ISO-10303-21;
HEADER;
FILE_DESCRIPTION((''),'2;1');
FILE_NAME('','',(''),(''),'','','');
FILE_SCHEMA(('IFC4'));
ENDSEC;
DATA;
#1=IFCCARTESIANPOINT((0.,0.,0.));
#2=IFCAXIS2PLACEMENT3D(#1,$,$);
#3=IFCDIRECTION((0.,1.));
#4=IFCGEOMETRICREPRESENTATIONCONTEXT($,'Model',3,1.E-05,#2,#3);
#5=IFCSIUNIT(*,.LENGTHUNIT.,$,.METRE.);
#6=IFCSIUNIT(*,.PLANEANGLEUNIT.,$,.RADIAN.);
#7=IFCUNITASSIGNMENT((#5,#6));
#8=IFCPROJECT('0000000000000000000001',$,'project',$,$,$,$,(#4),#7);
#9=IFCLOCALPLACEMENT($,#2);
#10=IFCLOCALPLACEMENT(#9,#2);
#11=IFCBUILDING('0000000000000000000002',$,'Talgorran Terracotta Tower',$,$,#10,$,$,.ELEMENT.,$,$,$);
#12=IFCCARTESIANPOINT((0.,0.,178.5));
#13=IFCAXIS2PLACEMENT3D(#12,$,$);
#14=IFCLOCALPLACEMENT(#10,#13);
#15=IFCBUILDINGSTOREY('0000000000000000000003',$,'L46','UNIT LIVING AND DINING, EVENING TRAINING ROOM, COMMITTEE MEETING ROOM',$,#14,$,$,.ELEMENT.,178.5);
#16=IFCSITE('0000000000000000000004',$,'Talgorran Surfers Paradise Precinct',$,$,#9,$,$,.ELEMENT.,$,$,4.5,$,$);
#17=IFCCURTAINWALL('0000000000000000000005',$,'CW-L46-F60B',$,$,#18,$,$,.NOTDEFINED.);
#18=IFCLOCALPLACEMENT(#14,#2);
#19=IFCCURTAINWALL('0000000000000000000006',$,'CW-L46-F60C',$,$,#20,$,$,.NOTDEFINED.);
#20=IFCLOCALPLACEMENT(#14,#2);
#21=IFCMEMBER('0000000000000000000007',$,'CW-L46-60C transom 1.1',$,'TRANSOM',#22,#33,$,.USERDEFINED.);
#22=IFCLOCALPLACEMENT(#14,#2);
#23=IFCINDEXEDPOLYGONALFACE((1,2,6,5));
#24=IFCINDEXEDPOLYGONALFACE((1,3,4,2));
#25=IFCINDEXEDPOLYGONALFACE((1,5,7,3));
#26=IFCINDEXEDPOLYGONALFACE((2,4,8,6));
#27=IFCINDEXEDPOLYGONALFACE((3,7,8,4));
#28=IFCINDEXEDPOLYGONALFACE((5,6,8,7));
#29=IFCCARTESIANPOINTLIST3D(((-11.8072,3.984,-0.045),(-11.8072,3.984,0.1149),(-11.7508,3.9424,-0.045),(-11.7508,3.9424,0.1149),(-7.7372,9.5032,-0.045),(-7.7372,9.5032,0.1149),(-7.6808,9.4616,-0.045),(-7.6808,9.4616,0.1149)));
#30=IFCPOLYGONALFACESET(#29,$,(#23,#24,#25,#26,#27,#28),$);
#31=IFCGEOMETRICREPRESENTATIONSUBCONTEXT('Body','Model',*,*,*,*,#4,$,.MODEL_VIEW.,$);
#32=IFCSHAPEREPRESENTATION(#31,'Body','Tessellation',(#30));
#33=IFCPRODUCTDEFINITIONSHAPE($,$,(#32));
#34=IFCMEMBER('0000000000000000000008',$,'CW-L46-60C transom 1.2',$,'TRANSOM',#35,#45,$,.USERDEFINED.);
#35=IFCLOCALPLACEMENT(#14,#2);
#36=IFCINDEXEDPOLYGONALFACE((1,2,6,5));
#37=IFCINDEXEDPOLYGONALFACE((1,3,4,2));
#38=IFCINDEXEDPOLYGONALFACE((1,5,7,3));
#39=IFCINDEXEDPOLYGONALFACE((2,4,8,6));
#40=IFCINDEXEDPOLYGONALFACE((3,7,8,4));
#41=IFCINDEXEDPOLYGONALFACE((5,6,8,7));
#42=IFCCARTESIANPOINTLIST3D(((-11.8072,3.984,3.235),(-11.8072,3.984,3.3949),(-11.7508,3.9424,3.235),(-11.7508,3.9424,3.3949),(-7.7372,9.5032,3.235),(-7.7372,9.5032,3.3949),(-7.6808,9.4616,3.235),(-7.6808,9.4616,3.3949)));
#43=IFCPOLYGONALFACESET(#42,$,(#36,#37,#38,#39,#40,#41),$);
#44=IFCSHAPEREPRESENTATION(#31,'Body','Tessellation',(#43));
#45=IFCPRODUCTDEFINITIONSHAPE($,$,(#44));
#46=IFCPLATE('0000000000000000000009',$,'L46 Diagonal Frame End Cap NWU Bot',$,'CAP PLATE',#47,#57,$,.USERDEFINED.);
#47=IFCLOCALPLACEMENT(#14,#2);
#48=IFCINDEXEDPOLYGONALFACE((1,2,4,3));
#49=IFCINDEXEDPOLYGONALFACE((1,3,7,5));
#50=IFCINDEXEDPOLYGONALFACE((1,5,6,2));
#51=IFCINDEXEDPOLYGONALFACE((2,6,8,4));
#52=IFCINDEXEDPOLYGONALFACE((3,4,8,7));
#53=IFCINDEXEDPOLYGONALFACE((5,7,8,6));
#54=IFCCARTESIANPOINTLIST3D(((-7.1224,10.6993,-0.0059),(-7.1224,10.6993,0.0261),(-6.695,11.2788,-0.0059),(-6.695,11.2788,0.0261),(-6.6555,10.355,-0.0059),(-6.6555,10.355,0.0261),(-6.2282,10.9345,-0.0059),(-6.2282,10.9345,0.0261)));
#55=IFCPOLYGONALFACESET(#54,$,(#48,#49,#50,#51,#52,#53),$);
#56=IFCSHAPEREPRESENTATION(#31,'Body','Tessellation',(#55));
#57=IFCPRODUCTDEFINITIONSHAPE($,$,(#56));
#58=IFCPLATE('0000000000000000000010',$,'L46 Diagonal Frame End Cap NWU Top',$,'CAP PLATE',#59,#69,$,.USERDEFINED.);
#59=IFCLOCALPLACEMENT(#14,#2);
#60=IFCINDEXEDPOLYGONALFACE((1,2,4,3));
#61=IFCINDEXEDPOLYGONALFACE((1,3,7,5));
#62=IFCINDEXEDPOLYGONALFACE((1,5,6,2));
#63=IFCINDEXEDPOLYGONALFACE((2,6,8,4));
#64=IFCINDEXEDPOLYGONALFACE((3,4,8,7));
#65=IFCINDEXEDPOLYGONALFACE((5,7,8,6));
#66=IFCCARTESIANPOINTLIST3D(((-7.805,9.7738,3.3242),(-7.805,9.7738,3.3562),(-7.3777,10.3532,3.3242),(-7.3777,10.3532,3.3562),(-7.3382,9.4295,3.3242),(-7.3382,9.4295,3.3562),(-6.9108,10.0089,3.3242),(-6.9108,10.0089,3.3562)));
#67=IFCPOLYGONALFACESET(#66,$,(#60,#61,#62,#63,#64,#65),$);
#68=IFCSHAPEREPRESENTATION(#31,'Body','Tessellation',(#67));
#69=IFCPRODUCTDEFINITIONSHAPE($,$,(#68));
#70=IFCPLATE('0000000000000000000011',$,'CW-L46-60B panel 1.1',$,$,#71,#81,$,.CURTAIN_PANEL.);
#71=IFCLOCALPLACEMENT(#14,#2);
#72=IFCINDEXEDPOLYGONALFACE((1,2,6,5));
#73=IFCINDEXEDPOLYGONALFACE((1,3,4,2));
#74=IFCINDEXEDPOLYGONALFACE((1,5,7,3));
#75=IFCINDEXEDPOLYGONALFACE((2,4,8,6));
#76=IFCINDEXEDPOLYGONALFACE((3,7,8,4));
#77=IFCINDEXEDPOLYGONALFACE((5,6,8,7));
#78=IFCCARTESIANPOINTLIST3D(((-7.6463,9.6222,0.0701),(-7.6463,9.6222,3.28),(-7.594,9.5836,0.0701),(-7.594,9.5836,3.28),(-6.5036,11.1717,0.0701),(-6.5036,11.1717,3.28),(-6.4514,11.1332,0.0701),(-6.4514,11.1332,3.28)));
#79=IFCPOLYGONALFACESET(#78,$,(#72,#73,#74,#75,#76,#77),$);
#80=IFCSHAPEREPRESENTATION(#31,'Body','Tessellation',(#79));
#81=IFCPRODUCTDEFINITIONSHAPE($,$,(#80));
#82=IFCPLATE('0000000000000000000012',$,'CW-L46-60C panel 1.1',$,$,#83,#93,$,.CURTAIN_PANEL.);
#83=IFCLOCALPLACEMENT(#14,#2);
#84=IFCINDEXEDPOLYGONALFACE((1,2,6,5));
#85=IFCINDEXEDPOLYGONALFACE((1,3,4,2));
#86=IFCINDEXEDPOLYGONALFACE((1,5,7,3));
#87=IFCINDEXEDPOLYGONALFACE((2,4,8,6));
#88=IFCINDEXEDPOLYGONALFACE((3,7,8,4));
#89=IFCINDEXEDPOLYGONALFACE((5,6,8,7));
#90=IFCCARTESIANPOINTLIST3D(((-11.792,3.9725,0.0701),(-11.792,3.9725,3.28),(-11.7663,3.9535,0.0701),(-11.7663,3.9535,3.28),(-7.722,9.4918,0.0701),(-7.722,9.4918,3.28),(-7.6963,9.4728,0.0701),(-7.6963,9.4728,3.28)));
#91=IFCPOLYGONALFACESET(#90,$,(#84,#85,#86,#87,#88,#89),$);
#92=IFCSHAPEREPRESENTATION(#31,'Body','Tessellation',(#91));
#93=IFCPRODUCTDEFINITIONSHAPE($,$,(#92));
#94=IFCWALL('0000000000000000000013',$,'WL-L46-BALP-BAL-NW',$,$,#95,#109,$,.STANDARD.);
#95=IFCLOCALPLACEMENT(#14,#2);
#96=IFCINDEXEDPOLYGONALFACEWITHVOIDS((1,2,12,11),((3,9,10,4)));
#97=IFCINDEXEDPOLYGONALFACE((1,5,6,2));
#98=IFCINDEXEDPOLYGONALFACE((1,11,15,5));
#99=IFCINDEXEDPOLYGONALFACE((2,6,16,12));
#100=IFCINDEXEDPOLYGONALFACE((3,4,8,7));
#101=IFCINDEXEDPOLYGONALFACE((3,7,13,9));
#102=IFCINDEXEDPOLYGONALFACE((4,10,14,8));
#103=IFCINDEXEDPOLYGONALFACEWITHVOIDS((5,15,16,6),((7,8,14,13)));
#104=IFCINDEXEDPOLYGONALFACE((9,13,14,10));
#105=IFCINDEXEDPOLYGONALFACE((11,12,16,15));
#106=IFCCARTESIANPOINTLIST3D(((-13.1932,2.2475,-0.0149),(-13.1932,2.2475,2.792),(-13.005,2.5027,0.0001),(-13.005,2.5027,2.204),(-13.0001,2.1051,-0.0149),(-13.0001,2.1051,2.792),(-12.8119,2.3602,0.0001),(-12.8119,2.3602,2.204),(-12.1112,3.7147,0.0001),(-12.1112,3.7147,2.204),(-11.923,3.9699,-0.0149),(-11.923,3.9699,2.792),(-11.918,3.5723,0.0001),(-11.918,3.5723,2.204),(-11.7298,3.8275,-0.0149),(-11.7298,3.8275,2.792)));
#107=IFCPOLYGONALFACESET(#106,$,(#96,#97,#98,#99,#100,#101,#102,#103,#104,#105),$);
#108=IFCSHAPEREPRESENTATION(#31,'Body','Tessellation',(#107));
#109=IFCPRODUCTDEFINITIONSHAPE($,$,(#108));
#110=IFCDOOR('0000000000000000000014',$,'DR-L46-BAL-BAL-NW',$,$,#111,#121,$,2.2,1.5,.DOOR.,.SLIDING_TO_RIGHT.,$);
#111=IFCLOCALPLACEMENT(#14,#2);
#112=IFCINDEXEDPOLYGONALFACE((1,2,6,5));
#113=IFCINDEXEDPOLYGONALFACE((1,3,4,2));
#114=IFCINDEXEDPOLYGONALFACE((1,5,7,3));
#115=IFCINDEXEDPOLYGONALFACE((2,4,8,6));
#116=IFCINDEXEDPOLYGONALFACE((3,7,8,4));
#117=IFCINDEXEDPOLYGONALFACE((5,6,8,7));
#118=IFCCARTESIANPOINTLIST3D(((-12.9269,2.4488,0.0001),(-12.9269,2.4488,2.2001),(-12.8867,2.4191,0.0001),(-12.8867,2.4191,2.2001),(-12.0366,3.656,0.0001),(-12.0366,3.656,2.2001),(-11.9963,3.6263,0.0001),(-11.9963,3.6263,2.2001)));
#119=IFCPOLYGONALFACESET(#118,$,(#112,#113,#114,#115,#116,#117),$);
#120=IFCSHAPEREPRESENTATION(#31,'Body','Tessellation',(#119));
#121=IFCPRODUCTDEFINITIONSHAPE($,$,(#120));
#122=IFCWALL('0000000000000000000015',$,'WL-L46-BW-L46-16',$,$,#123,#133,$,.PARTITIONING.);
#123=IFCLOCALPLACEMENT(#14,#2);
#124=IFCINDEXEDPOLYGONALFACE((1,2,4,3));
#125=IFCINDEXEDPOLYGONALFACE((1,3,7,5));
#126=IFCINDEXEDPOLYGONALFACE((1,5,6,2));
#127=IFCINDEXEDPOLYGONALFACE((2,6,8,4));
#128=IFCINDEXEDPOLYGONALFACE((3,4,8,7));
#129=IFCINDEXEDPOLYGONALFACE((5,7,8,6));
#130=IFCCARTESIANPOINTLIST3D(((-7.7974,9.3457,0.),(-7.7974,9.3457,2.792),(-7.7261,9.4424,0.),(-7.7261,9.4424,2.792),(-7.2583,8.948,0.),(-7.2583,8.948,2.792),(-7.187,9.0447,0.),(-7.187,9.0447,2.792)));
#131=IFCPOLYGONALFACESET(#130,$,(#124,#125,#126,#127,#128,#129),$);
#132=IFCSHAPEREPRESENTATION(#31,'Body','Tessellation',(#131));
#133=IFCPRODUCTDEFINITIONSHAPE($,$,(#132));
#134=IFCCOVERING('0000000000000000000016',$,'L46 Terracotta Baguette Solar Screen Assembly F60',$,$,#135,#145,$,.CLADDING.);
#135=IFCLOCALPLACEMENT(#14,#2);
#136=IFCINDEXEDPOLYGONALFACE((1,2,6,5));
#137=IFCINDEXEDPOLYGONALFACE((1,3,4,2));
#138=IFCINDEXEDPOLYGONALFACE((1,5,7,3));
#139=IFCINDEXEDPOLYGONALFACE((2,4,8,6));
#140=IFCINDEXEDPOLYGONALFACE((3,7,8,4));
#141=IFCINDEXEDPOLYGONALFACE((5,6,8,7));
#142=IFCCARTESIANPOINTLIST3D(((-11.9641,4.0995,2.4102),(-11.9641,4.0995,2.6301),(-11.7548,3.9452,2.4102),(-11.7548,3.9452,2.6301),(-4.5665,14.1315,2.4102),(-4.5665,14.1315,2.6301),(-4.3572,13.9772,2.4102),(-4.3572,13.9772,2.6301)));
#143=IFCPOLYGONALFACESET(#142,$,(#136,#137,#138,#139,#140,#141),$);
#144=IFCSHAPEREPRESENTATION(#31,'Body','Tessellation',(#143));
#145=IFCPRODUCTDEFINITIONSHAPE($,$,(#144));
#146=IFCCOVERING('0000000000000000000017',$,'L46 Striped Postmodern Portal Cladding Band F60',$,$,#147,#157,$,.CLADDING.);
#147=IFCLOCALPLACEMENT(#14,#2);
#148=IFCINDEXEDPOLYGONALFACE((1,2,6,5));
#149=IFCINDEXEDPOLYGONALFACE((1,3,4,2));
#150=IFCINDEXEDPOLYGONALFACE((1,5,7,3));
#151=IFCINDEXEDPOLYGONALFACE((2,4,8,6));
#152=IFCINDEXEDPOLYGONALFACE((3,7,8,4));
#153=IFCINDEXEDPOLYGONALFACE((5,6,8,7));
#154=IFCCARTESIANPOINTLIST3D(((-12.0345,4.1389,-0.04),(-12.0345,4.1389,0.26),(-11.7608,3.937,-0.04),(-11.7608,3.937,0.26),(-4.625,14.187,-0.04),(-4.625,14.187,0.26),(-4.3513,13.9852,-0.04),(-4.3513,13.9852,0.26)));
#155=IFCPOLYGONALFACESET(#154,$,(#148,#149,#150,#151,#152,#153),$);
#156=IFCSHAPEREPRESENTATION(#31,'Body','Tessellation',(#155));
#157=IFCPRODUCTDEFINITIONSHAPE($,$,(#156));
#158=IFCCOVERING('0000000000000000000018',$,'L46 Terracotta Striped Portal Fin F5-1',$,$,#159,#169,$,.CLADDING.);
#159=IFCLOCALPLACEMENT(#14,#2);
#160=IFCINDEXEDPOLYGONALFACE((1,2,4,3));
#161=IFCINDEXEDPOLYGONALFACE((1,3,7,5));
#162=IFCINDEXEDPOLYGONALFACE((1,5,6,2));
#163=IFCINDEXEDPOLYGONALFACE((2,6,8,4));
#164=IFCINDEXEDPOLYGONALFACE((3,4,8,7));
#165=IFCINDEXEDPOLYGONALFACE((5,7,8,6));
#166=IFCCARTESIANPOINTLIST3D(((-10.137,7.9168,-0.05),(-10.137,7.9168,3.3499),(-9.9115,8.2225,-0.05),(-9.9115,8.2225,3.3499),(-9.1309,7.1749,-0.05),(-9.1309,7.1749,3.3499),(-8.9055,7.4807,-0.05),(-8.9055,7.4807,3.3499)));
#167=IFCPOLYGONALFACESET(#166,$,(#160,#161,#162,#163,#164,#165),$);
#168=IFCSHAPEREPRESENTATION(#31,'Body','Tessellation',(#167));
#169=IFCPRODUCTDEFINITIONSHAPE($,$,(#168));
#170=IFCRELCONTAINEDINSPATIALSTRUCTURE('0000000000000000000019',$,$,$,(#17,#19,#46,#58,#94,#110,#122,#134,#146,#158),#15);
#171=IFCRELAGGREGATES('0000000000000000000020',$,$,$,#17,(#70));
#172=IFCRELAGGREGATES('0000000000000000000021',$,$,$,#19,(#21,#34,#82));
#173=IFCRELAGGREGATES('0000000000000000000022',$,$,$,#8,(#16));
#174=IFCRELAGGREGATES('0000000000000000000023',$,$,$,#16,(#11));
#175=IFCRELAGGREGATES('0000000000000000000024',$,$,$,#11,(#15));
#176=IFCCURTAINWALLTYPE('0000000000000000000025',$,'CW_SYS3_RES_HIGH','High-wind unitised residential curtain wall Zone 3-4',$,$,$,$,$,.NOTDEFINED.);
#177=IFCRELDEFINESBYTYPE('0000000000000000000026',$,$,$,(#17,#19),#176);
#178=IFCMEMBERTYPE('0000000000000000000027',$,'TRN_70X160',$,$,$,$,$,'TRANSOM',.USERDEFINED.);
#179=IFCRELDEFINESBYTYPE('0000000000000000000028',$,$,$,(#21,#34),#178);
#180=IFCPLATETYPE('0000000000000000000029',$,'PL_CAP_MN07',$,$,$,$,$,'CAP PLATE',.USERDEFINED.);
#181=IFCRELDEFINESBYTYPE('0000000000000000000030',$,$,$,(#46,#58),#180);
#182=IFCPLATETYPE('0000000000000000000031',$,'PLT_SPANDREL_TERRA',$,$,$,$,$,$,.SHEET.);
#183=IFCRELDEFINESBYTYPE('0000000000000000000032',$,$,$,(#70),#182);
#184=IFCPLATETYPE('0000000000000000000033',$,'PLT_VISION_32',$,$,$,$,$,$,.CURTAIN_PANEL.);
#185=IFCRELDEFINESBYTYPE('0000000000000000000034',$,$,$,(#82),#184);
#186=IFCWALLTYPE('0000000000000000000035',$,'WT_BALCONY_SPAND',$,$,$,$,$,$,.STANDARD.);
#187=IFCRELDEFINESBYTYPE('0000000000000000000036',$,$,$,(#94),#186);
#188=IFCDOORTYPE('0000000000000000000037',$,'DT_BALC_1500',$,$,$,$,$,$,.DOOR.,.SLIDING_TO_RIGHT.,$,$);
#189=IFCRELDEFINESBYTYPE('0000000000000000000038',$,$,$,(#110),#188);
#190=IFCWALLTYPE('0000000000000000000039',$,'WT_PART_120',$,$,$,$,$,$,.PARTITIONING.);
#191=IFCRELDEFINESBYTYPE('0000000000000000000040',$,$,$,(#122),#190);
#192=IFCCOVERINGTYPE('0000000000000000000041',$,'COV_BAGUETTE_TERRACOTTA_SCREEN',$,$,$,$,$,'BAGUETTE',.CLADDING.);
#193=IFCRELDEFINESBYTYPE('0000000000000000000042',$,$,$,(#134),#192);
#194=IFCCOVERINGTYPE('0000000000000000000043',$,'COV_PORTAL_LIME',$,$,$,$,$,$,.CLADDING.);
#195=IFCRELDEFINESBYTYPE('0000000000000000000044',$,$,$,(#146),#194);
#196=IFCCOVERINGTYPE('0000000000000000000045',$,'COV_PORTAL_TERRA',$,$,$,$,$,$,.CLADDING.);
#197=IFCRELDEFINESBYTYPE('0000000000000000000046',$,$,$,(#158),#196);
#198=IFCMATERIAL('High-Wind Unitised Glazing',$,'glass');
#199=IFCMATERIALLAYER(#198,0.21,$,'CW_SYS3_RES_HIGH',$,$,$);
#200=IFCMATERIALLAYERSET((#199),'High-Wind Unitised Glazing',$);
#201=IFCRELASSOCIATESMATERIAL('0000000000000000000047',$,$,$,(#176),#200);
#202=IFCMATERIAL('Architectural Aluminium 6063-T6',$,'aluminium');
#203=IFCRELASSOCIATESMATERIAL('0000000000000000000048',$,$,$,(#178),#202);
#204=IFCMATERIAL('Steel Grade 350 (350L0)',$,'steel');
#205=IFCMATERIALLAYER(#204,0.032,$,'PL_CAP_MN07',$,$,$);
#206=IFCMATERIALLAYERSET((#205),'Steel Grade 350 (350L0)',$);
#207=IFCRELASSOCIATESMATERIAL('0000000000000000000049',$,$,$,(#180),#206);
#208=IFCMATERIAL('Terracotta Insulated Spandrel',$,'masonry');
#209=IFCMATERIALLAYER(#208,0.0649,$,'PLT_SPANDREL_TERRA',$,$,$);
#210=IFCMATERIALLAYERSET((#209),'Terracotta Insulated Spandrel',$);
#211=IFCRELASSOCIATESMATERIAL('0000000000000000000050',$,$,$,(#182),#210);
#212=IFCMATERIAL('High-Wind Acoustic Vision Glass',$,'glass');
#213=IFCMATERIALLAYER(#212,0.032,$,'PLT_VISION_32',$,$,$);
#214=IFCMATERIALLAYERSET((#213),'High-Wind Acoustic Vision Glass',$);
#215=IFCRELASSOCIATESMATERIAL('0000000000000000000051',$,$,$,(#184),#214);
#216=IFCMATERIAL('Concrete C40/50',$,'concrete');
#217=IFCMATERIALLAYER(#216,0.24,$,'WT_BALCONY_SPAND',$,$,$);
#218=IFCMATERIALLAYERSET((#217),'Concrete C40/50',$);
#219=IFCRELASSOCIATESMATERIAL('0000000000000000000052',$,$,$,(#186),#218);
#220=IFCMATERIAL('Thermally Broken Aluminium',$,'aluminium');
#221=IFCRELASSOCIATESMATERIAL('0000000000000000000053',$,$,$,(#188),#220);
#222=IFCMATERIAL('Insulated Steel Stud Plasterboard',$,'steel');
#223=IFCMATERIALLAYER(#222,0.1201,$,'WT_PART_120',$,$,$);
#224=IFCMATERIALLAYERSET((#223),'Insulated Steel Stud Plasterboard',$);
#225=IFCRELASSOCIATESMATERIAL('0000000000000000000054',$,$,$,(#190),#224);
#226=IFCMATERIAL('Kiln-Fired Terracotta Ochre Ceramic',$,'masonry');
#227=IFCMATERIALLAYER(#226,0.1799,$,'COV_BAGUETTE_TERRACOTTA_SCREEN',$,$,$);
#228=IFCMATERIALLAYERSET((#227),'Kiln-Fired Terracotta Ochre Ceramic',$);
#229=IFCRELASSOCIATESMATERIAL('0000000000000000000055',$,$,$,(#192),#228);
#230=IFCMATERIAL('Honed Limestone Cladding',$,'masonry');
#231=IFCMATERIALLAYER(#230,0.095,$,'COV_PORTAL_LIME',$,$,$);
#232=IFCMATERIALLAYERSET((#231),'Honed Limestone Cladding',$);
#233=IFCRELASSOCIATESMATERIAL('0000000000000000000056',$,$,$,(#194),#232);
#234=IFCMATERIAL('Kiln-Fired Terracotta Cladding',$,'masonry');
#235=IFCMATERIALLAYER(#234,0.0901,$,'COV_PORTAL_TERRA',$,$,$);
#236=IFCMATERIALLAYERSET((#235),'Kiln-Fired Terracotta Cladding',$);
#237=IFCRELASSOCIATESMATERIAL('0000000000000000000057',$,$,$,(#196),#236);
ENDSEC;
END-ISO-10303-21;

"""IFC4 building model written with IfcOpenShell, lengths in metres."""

from ifc_helpers import new_model, si_unit, direction, frame, frame_2d, origin, origin_2d, place, context, subcontext, project, spatial, rectangle, extrude, source, transform, mapped, material, layer, layer_set, material_profile, profile_set, type_object, type_shapes, element, fill, aggregate, save


model = new_model("IFC4")

# Units and contexts
model_context = context("Model", 3, precision=1e-05, world=origin(), true_north=direction((0.0, 1.0)))
body_context = subcontext(model_context, "Body", "Model", "MODEL_VIEW")
ifc_project = project(units=[si_unit("LENGTHUNIT", "METRE"), si_unit("PLANEANGLEUNIT", "RADIAN")], contexts=[model_context])

# Site, building, storey
site_placement = place(None, origin())
site = spatial("IfcSite", under=ifc_project, at=site_placement, Name="Talgorran Surfers Paradise Precinct", CompositionType="ELEMENT", RefElevation=4.5)
building_placement = place(site_placement, origin())
building = spatial("IfcBuilding", under=site, at=building_placement, Name="Talgorran Terracotta Tower", CompositionType="ELEMENT")
storey_placement = place(building_placement, frame((0.0, 0.0, 178.5)))
storey = spatial("IfcBuildingStorey", under=building, at=storey_placement, Name="L46", Description="UNIT LIVING AND DINING, EVENING TRAINING ROOM, COMMITTEE MEETING ROOM", CompositionType="ELEMENT", Elevation=178.5)

# Shared definitions
ifc_material_1 = material(Name="Steel Grade 350 (350L0)", Category="steel")

# Curtain walls
ifc_material_2 = material(Name="High-Wind Unitised Glazing", Category="glass")
ifc_layer_1 = layer(ifc_material_2, 0.21, Name="CW_SYS3_RES_HIGH")
ifc_layer_set_1 = layer_set([ifc_layer_1], Name="High-Wind Unitised Glazing")
curtain_wall_type = type_object("IfcCurtainWallType", Name="CW_SYS3_RES_HIGH", Description="High-wind unitised residential curtain wall Zone 3-4", PredefinedType="NOTDEFINED", material=ifc_layer_set_1)
curtain_wall_1_placement = place(storey_placement, origin())
curtain_wall_1 = element("IfcCurtainWall", 1, at=curtain_wall_1_placement, inside=storey, type_object=curtain_wall_type, Name="CW-L46-F60B", PredefinedType="NOTDEFINED")
ifc_material_3 = material(Name="Architectural Aluminium 6063-T6", Category="aluminium")
curtain_wall_2_placement = place(storey_placement, origin())
curtain_wall_2 = element("IfcCurtainWall", 2, at=curtain_wall_2_placement, inside=storey, type_object=curtain_wall_type, Name="CW-L46-F60C", PredefinedType="NOTDEFINED")

# Members
ifc_material_profile_1 = material_profile(ifc_material_3, rectangle(XDim=0.0701, YDim=0.1599, at=origin_2d()), Name="CWT70X160")
ifc_profile_set_1 = profile_set([ifc_material_profile_1], Name="Architectural Aluminium 6063-T6")
member_type_1 = type_object("IfcMemberType", Name="TRN_70X160", ElementType="TRANSOM", PredefinedType="USERDEFINED", material=ifc_profile_set_1)
member_1_placement = place(storey_placement, frame((-7.709, 9.4824, 0.0349), z_axis=(-0.593504, -0.804831, 0.0), x_axis=(0.804831, -0.593504, 0.0)))
member_1 = element("IfcMember", 3, at=member_1_placement, type_object=member_type_1, Name="CW-L46-60C transom 1.1", ObjectType="TRANSOM", PredefinedType="USERDEFINED", context=body_context, shape_type="SweptSolid", body=[
    extrude(rectangle(XDim=0.0701, YDim=0.1599, at=origin_2d()), origin(), (0.0, 0.0, 1.0), 6.8577),
])
member_2_placement = place(storey_placement, frame((-7.709, 9.4824, 3.3149), z_axis=(-0.593504, -0.804831, 0.0), x_axis=(0.804831, -0.593504, 0.0)))
member_2 = element("IfcMember", 4, at=member_2_placement, type_object=member_type_1, Name="CW-L46-60C transom 1.2", ObjectType="TRANSOM", PredefinedType="USERDEFINED", context=body_context, shape_type="SweptSolid", body=[
    extrude(rectangle(XDim=0.0701, YDim=0.1599, at=origin_2d()), origin(), (0.0, 0.0, 1.0), 6.8577),
])

# Plates
ifc_layer_2 = layer(ifc_material_1, 0.032, Name="PL_CAP_MN07")
ifc_layer_set_2 = layer_set([ifc_layer_2], Name="Steel Grade 350 (350L0)")
plate_type_1 = type_object("IfcPlateType", Name="PL_CAP_MN07", ElementType="CAP PLATE", PredefinedType="USERDEFINED", material=ifc_layer_set_2)
for number, where, z_axis, x_axis, name in (
    (5, (-6.6753, 10.8169, -0.0059), (0.0, 0.0, 1.0), (-0.593559, -0.80479, 0.0), "L46 Diagonal Frame End Cap NWU Bot"),
    (6, (-7.3579, 9.8914, 3.3242), (0.0, 0.0, 1.0), (-0.593559, -0.80479, 0.0), "L46 Diagonal Frame End Cap NWU Top"),
):
    element("IfcPlate", number, at=place(storey_placement, frame(where, z_axis=z_axis, x_axis=x_axis)), inside=storey, type_object=plate_type_1, Name=name, ObjectType="CAP PLATE", PredefinedType="USERDEFINED", context=body_context, shape_type="SweptSolid", body=[
        extrude(rectangle(XDim=0.72, YDim=0.5801, at=origin_2d()), origin(), (0.0, 0.0, 1.0), 0.032),
    ])

# Plates
ifc_material_4 = material(Name="Terracotta Insulated Spandrel", Category="masonry")
ifc_layer_3 = layer(ifc_material_4, 0.0649, Name="PLT_SPANDREL_TERRA")
ifc_layer_set_3 = layer_set([ifc_layer_3], Name="Terracotta Insulated Spandrel")
plate_type_2 = type_object("IfcPlateType", Name="PLT_SPANDREL_TERRA", PredefinedType="SHEET", material=ifc_layer_set_3)
shared_shape_1 = source(origin(), body_context, "Body", "SweptSolid", [
    extrude(rectangle(XDim=1.9253, YDim=0.0649, at=origin_2d()), origin(), (0.0, 0.0, 1.0), 3.21),
])
type_shapes(plate_type_2, [shared_shape_1])
plate_1_placement = place(storey_placement, frame((-7.0488, 10.3777, 0.0701), z_axis=(0.0, 0.0, 1.0), x_axis=(-0.593488, -0.804843, 0.0)))
plate_1 = element("IfcPlate", 7, at=plate_1_placement, type_object=plate_type_2, Name="CW-L46-60B panel 1.1", PredefinedType="CURTAIN_PANEL", context=body_context, shape_type="MappedRepresentation", body=[
    mapped(shared_shape_1, transform((0.0, 0.0, 0.0), scale=1.0)),
])
aggregate(curtain_wall_1, [plate_1])
ifc_material_5 = material(Name="High-Wind Acoustic Vision Glass", Category="glass")
ifc_layer_4 = layer(ifc_material_5, 0.032, Name="PLT_VISION_32")
ifc_layer_set_4 = layer_set([ifc_layer_4], Name="High-Wind Acoustic Vision Glass")
plate_type_3 = type_object("IfcPlateType", Name="PLT_VISION_32", PredefinedType="CURTAIN_PANEL", material=ifc_layer_set_4)
shared_shape_2 = source(origin(), body_context, "Body", "SweptSolid", [
    extrude(rectangle(XDim=6.8577, YDim=0.032, at=origin_2d()), origin(), (0.0, 0.0, 1.0), 3.21),
])
type_shapes(plate_type_3, [shared_shape_2])
plate_2_placement = place(storey_placement, frame((-9.7441, 6.7227, 0.0701), z_axis=(0.0, 0.0, 1.0), x_axis=(-0.593496, -0.804837, 0.0)))
plate_2 = element("IfcPlate", 8, at=plate_2_placement, type_object=plate_type_3, Name="CW-L46-60C panel 1.1", PredefinedType="CURTAIN_PANEL", context=body_context, shape_type="MappedRepresentation", body=[
    mapped(shared_shape_2, transform((0.0, 0.0, 0.0), scale=1.0)),
])
aggregate(curtain_wall_2, [member_1, member_2, plate_2])

# Wall, opening, door
ifc_material_6 = material(Name="Concrete C40/50", Category="concrete")
ifc_layer_5 = layer(ifc_material_6, 0.24, Name="WT_BALCONY_SPAND")
ifc_layer_set_5 = layer_set([ifc_layer_5], Name="Concrete C40/50")
wall_type_1 = type_object("IfcWallType", Name="WT_BALCONY_SPAND", PredefinedType="STANDARD", material=ifc_layer_set_5)
wall_1_placement = place(storey_placement, frame((-11.8264, 3.8987, -0.0149), z_axis=(0.0, 0.0, 1.0), x_axis=(-0.593538, -0.804806, 0.0)))
wall_1 = element("IfcWall", 9, at=wall_1_placement, inside=storey, type_object=wall_type_1, Name="WL-L46-BALP-BAL-NW", PredefinedType="STANDARD", context=body_context, shape_type="SweptSolid", body=[
    extrude(rectangle(XDim=2.1401, YDim=0.24, at=frame_2d((1.0701, 0.0))), origin(), (0.0, 0.0, 1.0), 2.8069),
])
opening_placement = place(wall_1_placement, frame((0.3201, 0.0, 0.0149)))
opening = element("IfcOpeningElement", 10, at=opening_placement, cuts=wall_1, PredefinedType="OPENING", context=body_context, shape_type="SweptSolid", body=[
    extrude(rectangle(XDim=1.506, YDim=2.204, at=frame_2d((0.75, 1.1021))), frame((0.0, 0.1299, 0.0), z_axis=(0.0, -1.0, 0.0), x_axis=(1.0, 0.0, 0.0)), (0.0, 0.0, 1.0), 0.26),
])
ifc_material_7 = material(Name="Thermally Broken Aluminium", Category="aluminium")
door_type = type_object("IfcDoorType", Name="DT_BALC_1500", OperationType="SLIDING_TO_RIGHT", PredefinedType="DOOR", material=ifc_material_7)
door_placement = place(opening_placement, origin())
door = element("IfcDoor", 11, at=door_placement, inside=storey, type_object=door_type, Name="DR-L46-BAL-BAL-NW", OperationType="SLIDING_TO_RIGHT", OverallHeight=2.2, OverallWidth=1.5, PredefinedType="DOOR", context=body_context, shape_type="SweptSolid", body=[
    extrude(rectangle(XDim=1.5, YDim=2.2, at=frame_2d((0.75, 1.1001))), frame((0.0, 0.0249, 0.0), z_axis=(0.0, -1.0, 0.0), x_axis=(1.0, 0.0, 0.0)), (0.0, 0.0, 1.0), 0.05),
])
fill(opening, door)

# Wall
ifc_material_8 = material(Name="Insulated Steel Stud Plasterboard", Category="steel")
ifc_layer_6 = layer(ifc_material_8, 0.1201, Name="WT_PART_120")
ifc_layer_set_6 = layer_set([ifc_layer_6], Name="Insulated Steel Stud Plasterboard")
wall_type_2 = type_object("IfcWallType", Name="WT_PART_120", PredefinedType="PARTITIONING", material=ifc_layer_set_6)
wall_2_placement = place(storey_placement, frame((-7.2227, 8.9963, 0.0), z_axis=(0.0, 0.0, 1.0), x_axis=(-0.804698, 0.593684, 0.0)))
element("IfcWall", 12, at=wall_2_placement, inside=storey, type_object=wall_type_2, Name="WL-L46-BW-L46-16", PredefinedType="PARTITIONING", context=body_context, shape_type="SweptSolid", body=[
    extrude(rectangle(XDim=0.6699, YDim=0.1201, at=frame_2d((0.335, 0.0))), origin(), (0.0, 0.0, 1.0), 2.792),
])

# Coverings
ifc_material_9 = material(Name="Kiln-Fired Terracotta Ochre Ceramic", Category="masonry")
ifc_layer_7 = layer(ifc_material_9, 0.1799, Name="COV_BAGUETTE_TERRACOTTA_SCREEN")
ifc_layer_set_7 = layer_set([ifc_layer_7], Name="Kiln-Fired Terracotta Ochre Ceramic")
covering_type_1 = type_object("IfcCoveringType", Name="COV_BAGUETTE_TERRACOTTA_SCREEN", ElementType="BAGUETTE", PredefinedType="CLADDING", material=ifc_layer_set_7)
covering_1_placement = place(storey_placement, frame((-8.1606, 9.0383, 2.4102), z_axis=(0.0, 0.0, 1.0), x_axis=(-0.593489, -0.804842, 0.0)))
element("IfcCovering", 13, at=covering_1_placement, inside=storey, type_object=covering_type_1, Name="L46 Terracotta Baguette Solar Screen Assembly F60", PredefinedType="CLADDING", context=body_context, shape_type="SweptSolid", body=[
    extrude(rectangle(XDim=12.4646, YDim=0.26, at=origin_2d()), origin(), (0.0, 0.0, 1.0), 0.22),
])
ifc_material_10 = material(Name="Honed Limestone Cladding", Category="masonry")
ifc_layer_8 = layer(ifc_material_10, 0.095, Name="COV_PORTAL_LIME")
ifc_layer_set_8 = layer_set([ifc_layer_8], Name="Honed Limestone Cladding")
covering_type_2 = type_object("IfcCoveringType", Name="COV_PORTAL_LIME", PredefinedType="CLADDING", material=ifc_layer_set_8)
covering_2_placement = place(storey_placement, frame((-8.1929, 9.062, -0.04), z_axis=(0.0, 0.0, 1.0), x_axis=(-0.593489, -0.804842, 0.0)))
element("IfcCovering", 14, at=covering_2_placement, inside=storey, type_object=covering_type_2, Name="L46 Striped Postmodern Portal Cladding Band F60", PredefinedType="CLADDING", context=body_context, shape_type="SweptSolid", body=[
    extrude(rectangle(XDim=12.4846, YDim=0.3401, at=origin_2d()), origin(), (0.0, 0.0, 1.0), 0.3),
])
ifc_material_11 = material(Name="Kiln-Fired Terracotta Cladding", Category="masonry")
ifc_layer_9 = layer(ifc_material_11, 0.0901, Name="COV_PORTAL_TERRA")
ifc_layer_set_9 = layer_set([ifc_layer_9], Name="Kiln-Fired Terracotta Cladding")
covering_type_3 = type_object("IfcCoveringType", Name="COV_PORTAL_TERRA", PredefinedType="CLADDING", material=ifc_layer_set_9)
covering_3_placement = place(storey_placement, frame((-9.5212, 7.6987, -0.05), z_axis=(0.0, 0.0, 1.0), x_axis=(-0.593489, -0.804842, 0.0)))
element("IfcCovering", 15, at=covering_3_placement, inside=storey, type_object=covering_type_3, Name="L46 Terracotta Striped Portal Fin F5-1", PredefinedType="CLADDING", context=body_context, shape_type="SweptSolid", body=[
    extrude(rectangle(XDim=0.3799, YDim=1.25, at=origin_2d()), origin(), (0.0, 0.0, 1.0), 3.3999),
])

save(model, "model.ifc")
